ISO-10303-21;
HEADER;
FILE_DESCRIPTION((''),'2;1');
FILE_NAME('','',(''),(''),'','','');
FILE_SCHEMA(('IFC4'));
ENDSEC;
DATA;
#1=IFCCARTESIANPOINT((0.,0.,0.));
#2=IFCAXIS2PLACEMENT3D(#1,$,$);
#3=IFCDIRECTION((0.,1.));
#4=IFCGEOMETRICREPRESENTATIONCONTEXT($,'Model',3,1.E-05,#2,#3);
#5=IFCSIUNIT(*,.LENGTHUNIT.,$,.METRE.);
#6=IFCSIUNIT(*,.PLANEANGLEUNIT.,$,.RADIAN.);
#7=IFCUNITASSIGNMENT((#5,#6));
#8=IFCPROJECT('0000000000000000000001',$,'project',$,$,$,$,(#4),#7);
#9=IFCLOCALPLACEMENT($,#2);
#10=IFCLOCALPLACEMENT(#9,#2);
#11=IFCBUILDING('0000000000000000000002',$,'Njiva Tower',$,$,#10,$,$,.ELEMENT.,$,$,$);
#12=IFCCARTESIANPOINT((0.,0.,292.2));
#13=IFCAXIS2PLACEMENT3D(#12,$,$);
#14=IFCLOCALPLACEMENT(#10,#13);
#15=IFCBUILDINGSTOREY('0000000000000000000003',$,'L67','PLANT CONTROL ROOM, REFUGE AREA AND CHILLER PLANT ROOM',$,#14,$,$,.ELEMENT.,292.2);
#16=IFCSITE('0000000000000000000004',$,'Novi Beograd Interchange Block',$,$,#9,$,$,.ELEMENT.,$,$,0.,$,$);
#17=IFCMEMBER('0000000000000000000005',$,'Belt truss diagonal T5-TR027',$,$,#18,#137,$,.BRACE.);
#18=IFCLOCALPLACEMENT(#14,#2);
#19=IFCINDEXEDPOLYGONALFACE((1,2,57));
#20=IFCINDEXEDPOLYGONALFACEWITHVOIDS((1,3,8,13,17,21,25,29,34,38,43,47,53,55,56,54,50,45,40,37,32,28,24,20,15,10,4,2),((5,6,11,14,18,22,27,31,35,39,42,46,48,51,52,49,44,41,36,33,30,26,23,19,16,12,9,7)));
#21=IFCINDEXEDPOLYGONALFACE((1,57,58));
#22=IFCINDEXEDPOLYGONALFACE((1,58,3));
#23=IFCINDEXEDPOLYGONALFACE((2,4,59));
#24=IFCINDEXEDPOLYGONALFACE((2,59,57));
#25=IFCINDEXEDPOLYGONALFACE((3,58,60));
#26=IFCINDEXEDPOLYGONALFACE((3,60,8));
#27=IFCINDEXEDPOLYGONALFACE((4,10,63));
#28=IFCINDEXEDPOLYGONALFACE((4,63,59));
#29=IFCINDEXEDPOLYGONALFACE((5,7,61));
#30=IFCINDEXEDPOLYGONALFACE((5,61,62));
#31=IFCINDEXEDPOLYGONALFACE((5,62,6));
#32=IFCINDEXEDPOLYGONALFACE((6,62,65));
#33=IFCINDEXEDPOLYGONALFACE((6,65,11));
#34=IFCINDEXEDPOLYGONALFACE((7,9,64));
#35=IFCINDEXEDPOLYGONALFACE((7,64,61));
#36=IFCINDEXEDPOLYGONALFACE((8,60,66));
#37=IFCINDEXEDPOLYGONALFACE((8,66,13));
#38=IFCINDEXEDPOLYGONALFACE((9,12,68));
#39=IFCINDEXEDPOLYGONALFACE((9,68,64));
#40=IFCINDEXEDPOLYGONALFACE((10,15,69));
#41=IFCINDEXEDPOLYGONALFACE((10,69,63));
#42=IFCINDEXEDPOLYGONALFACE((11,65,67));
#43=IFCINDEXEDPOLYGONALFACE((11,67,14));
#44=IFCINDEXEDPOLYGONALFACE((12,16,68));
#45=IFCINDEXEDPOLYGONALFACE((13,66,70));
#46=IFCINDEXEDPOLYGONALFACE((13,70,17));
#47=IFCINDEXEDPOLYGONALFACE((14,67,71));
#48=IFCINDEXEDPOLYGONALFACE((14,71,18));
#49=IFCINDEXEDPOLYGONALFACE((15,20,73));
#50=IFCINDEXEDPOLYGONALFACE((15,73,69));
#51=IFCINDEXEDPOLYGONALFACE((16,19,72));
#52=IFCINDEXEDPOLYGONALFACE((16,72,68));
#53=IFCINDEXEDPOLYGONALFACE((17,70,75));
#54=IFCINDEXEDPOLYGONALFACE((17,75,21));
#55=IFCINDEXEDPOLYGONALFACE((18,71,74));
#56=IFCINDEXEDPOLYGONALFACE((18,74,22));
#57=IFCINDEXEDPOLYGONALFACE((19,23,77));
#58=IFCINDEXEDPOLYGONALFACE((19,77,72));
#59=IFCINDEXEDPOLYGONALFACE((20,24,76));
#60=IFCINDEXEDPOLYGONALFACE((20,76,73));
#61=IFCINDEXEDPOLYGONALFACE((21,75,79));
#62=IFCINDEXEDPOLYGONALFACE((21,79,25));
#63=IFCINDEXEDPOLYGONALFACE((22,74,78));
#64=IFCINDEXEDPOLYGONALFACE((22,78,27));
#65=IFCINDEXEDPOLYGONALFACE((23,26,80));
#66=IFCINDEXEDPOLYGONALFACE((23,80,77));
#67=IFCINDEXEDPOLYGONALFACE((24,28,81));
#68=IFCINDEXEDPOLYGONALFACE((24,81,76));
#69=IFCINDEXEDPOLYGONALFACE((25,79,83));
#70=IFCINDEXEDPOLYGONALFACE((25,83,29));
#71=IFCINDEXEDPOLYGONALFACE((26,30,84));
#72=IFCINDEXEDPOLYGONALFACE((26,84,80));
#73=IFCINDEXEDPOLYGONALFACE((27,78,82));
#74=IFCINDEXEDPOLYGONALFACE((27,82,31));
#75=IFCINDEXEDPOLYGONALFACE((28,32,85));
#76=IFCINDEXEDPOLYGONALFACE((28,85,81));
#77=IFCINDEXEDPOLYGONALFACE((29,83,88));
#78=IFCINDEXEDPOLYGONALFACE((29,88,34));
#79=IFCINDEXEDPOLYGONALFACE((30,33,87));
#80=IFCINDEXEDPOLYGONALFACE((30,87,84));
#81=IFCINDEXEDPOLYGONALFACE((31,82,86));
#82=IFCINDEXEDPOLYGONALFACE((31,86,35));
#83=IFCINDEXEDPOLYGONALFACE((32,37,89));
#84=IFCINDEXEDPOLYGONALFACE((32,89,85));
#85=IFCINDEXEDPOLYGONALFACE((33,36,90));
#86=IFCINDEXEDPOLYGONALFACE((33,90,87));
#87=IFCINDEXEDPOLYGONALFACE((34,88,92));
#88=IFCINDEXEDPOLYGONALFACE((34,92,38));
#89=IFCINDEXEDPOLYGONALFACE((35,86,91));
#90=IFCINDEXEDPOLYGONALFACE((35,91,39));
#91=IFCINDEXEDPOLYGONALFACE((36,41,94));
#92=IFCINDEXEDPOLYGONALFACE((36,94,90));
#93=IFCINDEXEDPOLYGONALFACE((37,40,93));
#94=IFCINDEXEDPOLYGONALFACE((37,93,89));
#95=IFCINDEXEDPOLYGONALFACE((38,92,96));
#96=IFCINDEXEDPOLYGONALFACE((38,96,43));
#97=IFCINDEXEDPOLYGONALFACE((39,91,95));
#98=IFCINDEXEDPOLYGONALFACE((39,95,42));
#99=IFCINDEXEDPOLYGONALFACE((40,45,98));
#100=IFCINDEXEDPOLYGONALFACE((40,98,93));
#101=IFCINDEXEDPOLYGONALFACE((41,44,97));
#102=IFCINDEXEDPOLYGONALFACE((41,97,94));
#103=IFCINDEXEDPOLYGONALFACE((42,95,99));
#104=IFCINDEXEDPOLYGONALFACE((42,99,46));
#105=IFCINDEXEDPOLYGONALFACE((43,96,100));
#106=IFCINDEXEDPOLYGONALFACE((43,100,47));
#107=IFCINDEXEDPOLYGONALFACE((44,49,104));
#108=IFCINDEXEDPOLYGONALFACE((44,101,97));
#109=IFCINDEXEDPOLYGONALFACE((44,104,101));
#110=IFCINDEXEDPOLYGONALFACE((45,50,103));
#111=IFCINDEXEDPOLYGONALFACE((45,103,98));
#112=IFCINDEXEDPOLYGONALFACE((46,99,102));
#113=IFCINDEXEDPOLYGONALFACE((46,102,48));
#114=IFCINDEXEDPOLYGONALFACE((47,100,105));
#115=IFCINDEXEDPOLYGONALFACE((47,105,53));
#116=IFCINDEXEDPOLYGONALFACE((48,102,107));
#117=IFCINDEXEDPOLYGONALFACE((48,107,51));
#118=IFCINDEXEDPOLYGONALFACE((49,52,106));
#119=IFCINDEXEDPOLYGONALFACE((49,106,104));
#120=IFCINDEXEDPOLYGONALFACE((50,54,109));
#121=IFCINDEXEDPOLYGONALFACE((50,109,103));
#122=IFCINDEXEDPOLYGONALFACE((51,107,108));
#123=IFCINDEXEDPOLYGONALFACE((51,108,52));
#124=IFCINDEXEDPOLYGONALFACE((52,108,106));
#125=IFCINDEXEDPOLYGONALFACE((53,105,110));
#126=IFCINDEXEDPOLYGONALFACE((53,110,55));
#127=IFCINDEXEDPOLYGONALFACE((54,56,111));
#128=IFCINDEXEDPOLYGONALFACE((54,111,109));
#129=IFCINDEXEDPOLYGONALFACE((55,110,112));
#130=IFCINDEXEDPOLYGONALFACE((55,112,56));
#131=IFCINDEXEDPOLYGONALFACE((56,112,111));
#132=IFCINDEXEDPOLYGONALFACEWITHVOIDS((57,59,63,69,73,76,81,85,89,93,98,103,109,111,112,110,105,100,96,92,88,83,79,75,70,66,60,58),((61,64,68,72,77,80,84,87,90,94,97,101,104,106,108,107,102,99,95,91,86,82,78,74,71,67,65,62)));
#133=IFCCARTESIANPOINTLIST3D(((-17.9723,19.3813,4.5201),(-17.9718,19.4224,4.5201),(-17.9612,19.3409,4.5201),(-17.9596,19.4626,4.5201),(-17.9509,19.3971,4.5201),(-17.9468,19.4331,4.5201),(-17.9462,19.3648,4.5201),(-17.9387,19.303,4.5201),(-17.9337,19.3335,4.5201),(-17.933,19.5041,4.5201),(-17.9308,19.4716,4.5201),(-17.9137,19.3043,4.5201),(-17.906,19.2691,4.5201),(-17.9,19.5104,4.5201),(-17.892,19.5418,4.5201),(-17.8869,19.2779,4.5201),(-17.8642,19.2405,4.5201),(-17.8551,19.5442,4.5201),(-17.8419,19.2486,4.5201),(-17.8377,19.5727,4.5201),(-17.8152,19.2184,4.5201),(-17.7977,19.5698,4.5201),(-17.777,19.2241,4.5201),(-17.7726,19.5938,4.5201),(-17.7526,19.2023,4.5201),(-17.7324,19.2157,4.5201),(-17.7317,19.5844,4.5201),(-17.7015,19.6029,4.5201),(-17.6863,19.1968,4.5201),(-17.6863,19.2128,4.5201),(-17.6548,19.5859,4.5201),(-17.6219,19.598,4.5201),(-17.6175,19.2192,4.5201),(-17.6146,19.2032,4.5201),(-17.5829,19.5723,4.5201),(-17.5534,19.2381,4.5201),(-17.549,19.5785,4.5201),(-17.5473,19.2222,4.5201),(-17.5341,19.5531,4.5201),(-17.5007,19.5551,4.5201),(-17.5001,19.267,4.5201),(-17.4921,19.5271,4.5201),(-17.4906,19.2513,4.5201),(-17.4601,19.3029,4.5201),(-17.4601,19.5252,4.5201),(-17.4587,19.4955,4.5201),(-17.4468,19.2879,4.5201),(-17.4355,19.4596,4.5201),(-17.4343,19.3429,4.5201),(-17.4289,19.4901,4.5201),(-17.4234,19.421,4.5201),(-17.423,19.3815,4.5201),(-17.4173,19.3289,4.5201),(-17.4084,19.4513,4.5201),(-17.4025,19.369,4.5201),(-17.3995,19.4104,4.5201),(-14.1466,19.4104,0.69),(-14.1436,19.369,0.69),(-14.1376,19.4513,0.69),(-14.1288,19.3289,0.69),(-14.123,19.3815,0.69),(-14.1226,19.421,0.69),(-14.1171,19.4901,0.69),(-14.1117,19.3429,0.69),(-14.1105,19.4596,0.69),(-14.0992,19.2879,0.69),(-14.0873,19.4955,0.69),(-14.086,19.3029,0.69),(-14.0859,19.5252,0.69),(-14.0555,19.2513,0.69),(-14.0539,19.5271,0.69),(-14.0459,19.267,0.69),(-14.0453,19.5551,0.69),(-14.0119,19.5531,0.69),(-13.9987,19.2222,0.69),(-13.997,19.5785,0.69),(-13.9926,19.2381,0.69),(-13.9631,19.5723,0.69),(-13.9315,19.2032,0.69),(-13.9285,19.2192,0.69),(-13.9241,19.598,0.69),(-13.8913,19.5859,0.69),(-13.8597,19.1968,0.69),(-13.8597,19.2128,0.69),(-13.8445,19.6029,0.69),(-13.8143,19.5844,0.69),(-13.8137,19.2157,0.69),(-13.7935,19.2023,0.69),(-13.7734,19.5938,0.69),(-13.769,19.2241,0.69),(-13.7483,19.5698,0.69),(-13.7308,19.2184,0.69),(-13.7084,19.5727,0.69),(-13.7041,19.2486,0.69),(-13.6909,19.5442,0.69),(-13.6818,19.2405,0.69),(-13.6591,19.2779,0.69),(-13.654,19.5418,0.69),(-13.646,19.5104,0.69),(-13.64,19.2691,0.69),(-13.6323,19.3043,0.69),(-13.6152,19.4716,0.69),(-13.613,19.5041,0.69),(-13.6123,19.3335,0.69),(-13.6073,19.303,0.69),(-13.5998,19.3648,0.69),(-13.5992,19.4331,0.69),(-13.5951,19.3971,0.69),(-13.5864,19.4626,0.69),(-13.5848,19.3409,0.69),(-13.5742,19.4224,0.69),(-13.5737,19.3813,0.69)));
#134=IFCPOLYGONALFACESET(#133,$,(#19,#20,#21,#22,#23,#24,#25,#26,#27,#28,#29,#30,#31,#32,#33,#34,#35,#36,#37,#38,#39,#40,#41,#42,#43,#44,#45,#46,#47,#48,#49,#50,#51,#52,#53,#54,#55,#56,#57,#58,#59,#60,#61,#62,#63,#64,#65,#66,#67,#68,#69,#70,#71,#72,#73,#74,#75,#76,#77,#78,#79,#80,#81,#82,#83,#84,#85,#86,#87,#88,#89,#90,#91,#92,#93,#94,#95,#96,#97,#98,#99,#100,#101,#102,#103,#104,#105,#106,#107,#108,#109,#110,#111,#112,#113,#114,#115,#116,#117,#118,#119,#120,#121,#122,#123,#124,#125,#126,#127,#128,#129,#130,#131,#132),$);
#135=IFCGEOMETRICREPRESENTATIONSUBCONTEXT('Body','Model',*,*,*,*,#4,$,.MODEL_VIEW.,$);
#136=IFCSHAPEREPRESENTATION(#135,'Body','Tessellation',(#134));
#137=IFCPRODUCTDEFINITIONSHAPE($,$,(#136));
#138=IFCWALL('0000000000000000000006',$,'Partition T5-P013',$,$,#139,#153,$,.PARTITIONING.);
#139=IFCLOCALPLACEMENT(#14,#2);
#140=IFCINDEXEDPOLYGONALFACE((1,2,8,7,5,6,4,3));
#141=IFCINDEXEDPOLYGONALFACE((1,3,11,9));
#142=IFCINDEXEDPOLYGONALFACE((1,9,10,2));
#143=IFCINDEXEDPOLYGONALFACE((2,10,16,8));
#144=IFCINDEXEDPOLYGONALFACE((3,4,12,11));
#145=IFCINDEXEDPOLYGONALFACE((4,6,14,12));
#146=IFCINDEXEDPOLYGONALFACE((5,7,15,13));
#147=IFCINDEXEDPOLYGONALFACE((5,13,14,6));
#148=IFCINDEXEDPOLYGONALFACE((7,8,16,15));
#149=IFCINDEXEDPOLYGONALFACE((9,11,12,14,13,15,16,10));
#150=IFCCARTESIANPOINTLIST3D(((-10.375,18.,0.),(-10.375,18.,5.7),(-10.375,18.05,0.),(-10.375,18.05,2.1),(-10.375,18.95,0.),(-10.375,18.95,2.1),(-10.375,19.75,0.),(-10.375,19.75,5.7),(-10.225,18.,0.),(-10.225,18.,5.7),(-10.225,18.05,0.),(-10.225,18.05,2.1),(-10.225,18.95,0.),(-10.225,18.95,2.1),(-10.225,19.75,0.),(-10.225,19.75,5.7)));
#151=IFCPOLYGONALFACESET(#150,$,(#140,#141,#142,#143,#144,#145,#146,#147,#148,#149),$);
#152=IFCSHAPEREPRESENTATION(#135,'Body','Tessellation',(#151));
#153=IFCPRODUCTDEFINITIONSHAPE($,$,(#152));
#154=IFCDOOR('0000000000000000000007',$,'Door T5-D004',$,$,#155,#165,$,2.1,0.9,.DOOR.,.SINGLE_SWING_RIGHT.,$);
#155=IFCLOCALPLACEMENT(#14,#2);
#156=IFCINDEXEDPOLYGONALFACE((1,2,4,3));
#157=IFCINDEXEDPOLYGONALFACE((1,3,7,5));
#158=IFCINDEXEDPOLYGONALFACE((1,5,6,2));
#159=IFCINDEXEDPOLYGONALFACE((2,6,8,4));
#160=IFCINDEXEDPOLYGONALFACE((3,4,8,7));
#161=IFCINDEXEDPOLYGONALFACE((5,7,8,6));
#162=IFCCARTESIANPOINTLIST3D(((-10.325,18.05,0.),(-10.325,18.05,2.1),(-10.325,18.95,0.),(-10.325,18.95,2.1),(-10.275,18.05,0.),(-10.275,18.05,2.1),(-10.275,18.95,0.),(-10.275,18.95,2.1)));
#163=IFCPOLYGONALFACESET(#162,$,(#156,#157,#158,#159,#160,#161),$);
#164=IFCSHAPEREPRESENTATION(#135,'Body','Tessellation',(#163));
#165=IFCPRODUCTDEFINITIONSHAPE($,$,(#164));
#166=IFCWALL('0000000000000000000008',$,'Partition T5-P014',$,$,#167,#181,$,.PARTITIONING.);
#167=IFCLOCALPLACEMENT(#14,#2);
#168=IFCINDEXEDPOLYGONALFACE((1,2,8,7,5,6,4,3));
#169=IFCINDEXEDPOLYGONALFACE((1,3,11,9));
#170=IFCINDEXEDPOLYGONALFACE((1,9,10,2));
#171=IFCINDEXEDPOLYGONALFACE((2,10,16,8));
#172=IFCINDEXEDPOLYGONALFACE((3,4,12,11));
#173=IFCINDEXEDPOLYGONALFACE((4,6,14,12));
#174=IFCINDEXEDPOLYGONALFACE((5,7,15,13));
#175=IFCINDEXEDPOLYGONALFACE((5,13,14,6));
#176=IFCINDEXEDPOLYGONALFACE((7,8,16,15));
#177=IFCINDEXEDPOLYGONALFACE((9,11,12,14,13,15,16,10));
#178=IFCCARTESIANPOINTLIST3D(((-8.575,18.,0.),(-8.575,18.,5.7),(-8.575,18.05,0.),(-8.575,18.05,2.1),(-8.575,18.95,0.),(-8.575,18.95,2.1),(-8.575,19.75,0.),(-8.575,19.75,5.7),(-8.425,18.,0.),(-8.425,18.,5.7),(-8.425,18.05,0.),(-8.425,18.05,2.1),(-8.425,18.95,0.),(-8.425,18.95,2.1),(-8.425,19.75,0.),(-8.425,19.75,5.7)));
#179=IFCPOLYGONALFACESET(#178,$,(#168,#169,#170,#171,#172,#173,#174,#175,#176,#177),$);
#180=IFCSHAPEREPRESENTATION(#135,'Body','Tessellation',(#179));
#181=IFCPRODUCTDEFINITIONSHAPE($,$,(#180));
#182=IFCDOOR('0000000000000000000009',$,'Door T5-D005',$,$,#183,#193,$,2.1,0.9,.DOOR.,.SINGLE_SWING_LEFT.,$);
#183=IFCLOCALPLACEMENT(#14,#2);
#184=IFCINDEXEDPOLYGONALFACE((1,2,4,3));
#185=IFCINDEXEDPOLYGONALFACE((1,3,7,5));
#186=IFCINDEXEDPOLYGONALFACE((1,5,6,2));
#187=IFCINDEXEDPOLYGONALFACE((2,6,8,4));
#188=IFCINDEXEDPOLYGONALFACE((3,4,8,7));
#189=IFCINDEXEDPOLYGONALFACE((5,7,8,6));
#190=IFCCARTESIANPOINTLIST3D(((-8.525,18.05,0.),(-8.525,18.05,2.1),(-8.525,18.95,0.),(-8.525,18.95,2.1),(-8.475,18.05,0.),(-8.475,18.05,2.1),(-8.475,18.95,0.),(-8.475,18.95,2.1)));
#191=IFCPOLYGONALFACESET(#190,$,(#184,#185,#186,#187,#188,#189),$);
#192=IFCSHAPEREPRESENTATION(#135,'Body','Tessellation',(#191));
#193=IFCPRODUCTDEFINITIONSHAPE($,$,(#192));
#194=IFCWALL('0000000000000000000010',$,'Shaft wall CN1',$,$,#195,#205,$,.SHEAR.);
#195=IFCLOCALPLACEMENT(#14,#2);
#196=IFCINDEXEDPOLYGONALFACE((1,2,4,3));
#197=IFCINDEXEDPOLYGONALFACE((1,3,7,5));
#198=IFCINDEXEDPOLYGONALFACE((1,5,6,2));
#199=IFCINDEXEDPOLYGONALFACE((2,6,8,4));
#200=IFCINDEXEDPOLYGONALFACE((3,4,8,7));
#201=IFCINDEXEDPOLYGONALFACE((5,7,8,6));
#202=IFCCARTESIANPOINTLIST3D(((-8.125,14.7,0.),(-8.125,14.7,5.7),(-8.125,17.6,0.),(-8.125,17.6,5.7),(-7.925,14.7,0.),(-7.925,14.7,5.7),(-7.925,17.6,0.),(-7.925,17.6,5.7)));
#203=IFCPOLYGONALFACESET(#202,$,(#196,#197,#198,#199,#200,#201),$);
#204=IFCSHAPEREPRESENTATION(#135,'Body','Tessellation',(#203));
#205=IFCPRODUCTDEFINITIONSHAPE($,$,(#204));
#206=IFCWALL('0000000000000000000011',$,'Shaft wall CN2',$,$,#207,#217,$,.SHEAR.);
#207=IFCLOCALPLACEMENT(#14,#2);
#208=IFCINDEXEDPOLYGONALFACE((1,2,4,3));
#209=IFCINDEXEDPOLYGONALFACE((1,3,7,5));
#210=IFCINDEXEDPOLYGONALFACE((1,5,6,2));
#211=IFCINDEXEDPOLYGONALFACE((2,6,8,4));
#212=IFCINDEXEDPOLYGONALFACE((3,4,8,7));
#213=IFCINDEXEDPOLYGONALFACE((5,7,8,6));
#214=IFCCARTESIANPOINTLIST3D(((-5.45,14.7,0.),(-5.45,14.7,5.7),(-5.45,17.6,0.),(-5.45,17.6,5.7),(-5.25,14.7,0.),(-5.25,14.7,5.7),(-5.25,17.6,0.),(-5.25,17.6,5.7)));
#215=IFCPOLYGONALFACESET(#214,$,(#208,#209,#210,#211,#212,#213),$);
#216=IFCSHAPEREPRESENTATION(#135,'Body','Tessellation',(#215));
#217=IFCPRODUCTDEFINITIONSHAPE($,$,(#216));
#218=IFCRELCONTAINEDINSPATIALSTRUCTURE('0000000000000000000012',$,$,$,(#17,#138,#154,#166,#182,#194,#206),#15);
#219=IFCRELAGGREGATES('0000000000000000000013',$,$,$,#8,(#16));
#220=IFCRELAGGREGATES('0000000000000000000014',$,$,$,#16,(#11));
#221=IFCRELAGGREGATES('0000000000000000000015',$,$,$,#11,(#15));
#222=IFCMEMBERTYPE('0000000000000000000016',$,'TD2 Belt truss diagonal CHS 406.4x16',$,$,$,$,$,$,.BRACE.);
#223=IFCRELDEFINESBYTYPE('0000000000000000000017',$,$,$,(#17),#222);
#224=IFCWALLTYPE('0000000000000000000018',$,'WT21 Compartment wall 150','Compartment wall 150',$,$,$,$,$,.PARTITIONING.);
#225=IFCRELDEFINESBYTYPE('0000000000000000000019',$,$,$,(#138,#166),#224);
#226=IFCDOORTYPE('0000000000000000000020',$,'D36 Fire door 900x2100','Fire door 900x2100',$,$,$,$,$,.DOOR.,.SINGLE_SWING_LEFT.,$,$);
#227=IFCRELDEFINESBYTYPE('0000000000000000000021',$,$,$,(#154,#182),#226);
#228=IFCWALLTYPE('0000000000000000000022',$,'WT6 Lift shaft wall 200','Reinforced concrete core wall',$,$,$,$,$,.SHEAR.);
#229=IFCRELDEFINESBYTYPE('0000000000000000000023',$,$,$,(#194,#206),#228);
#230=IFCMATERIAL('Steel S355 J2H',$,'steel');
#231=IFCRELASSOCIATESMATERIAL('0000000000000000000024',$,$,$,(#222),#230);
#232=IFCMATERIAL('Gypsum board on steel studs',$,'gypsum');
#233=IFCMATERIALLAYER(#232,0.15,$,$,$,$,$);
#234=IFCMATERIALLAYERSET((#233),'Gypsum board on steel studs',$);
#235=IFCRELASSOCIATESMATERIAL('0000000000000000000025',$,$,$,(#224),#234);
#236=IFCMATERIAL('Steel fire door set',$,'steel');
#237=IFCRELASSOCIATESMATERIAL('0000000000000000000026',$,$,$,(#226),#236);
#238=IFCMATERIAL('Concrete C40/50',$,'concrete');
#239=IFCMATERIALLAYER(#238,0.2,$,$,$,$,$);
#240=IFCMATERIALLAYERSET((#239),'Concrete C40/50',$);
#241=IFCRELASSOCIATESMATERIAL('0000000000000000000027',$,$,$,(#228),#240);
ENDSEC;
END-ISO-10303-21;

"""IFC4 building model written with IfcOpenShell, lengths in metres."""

from ifc_helpers import new_model, si_unit, direction, frame, frame_2d, origin, origin_2d, place, context, subcontext, project, spatial, rectangle, hollow_circle, extrude, clip, halfspace, material, layer, layer_set, material_profile, profile_set, type_object, element, fill, save


model = new_model("IFC4")

# Units and contexts
model_context = context("Model", 3, precision=1e-05, world=origin(), true_north=direction((0.0, 1.0)))
body_context = subcontext(model_context, "Body", "Model", "MODEL_VIEW")
ifc_project = project(units=[si_unit("LENGTHUNIT", "METRE"), si_unit("PLANEANGLEUNIT", "RADIAN")], contexts=[model_context])

# Site, building, storey
site_placement = place(None, origin())
site = spatial("IfcSite", under=ifc_project, at=site_placement, Name="Novi Beograd Interchange Block", CompositionType="ELEMENT", RefElevation=0.0)
building_placement = place(site_placement, origin())
building = spatial("IfcBuilding", under=site, at=building_placement, Name="Njiva Tower", CompositionType="ELEMENT")
storey_placement = place(building_placement, frame((0.0, 0.0, 292.2)))
storey = spatial("IfcBuildingStorey", under=building, at=storey_placement, Name="L67", Description="PLANT CONTROL ROOM, REFUGE AREA AND CHILLER PLANT ROOM", CompositionType="ELEMENT", Elevation=292.2)

# Member
ifc_material_1 = material(Name="Steel S355 J2H", Category="steel")
ifc_material_profile_1 = material_profile(ifc_material_1, hollow_circle(Radius=0.2032, WallThickness=0.016, at=origin_2d()), Name="CHS 406.4x16")
ifc_profile_set_1 = profile_set([ifc_material_profile_1], Name="Steel S355 J2H")
member_type_1 = type_object("IfcMemberType", Name="TD2 Belt truss diagonal CHS 406.4x16", PredefinedType="BRACE", material=ifc_profile_set_1)
member_1_placement = place(storey_placement, frame((-13.3539, 19.4, 0.1838), z_axis=(-0.706793, 0.0, 0.70742), x_axis=(0.0, -1.0, 0.0)))
element("IfcMember", 1, at=member_1_placement, inside=storey, type_object=member_type_1, Name="Belt truss diagonal T5-TR027", PredefinedType="BRACE", context=body_context, shape_type="Clipping", body=[
    clip(clip(extrude(hollow_circle(Radius=0.2032, WallThickness=0.016, at=origin_2d()), origin(), (0.0, 0.0, 1.0), 6.8453), halfspace(frame((19.4, 9.8046, -9.0803), z_axis=(0.0, -0.706793, -0.70742), x_axis=(0.0, -0.70742, 0.706793)), False)), halfspace(frame((19.4, 12.5117, -6.3709), z_axis=(0.0, 0.706793, 0.70742), x_axis=(0.0, 0.70742, -0.706793)), False)),
])

# Walls, openings, doors
ifc_material_2 = material(Name="Gypsum board on steel studs", Category="gypsum")
ifc_layer_1 = layer(ifc_material_2, 0.15)
ifc_layer_set_1 = layer_set([ifc_layer_1], Name="Gypsum board on steel studs")
wall_type_1 = type_object("IfcWallType", Name="WT21 Compartment wall 150", Description="Compartment wall 150", PredefinedType="PARTITIONING", material=ifc_layer_set_1)
wall_1_placement = place(storey_placement, frame((-10.3, 18.0, 0.0), z_axis=(0.0, 0.0, 1.0), x_axis=(0.0, 1.0, 0.0)))
wall_1 = element("IfcWall", 2, at=wall_1_placement, inside=storey, type_object=wall_type_1, Name="Partition T5-P013", PredefinedType="PARTITIONING", context=body_context, shape_type="SweptSolid", body=[
    extrude(rectangle(XDim=1.75, YDim=0.15, at=frame_2d((0.875, 0.0))), origin(), (0.0, 0.0, 1.0), 5.7),
])
opening_1_placement = place(wall_1_placement, frame((0.05, 0.0, 0.0)))
opening_1 = element("IfcOpeningElement", 3, at=opening_1_placement, cuts=wall_1, PredefinedType="OPENING", context=body_context, shape_type="SweptSolid", body=[
    extrude(rectangle(XDim=0.9, YDim=2.1, at=frame_2d((0.45, 1.05))), frame((0.0, 0.085, 0.0), z_axis=(0.0, -1.0, 0.0), x_axis=(1.0, 0.0, 0.0)), (0.0, 0.0, 1.0), 0.17),
])
ifc_material_3 = material(Name="Steel fire door set", Category="steel")
door_type = type_object("IfcDoorType", Name="D36 Fire door 900x2100", Description="Fire door 900x2100", OperationType="SINGLE_SWING_LEFT", PredefinedType="DOOR", material=ifc_material_3)
door_1_placement = place(opening_1_placement, origin())
door_1 = element("IfcDoor", 4, at=door_1_placement, inside=storey, type_object=door_type, Name="Door T5-D004", OperationType="SINGLE_SWING_RIGHT", OverallHeight=2.1, OverallWidth=0.9, PredefinedType="DOOR", context=body_context, shape_type="SweptSolid", body=[
    extrude(rectangle(XDim=0.9, YDim=2.1, at=frame_2d((0.45, 1.05))), frame((0.0, 0.025, 0.0), z_axis=(0.0, -1.0, 0.0), x_axis=(1.0, 0.0, 0.0)), (0.0, 0.0, 1.0), 0.05),
])
fill(opening_1, door_1)
wall_2_placement = place(storey_placement, frame((-8.5, 18.0, 0.0), z_axis=(0.0, 0.0, 1.0), x_axis=(0.0, 1.0, 0.0)))
wall_2 = element("IfcWall", 5, at=wall_2_placement, inside=storey, type_object=wall_type_1, Name="Partition T5-P014", PredefinedType="PARTITIONING", context=body_context, shape_type="SweptSolid", body=[
    extrude(rectangle(XDim=1.75, YDim=0.15, at=frame_2d((0.875, 0.0))), origin(), (0.0, 0.0, 1.0), 5.7),
])
opening_2_placement = place(wall_2_placement, frame((0.05, 0.0, 0.0)))
opening_2 = element("IfcOpeningElement", 6, at=opening_2_placement, cuts=wall_2, PredefinedType="OPENING", context=body_context, shape_type="SweptSolid", body=[
    extrude(rectangle(XDim=0.9, YDim=2.1, at=frame_2d((0.45, 1.05))), frame((0.0, 0.085, 0.0), z_axis=(0.0, -1.0, 0.0), x_axis=(1.0, 0.0, 0.0)), (0.0, 0.0, 1.0), 0.17),
])
door_2_placement = place(opening_2_placement, origin())
door_2 = element("IfcDoor", 7, at=door_2_placement, inside=storey, type_object=door_type, Name="Door T5-D005", OperationType="SINGLE_SWING_LEFT", OverallHeight=2.1, OverallWidth=0.9, PredefinedType="DOOR", context=body_context, shape_type="SweptSolid", body=[
    extrude(rectangle(XDim=0.9, YDim=2.1, at=frame_2d((0.45, 1.05))), frame((0.0, 0.025, 0.0), z_axis=(0.0, -1.0, 0.0), x_axis=(1.0, 0.0, 0.0)), (0.0, 0.0, 1.0), 0.05),
])
fill(opening_2, door_2)

# Walls
ifc_material_4 = material(Name="Concrete C40/50", Category="concrete")
ifc_layer_2 = layer(ifc_material_4, 0.2)
ifc_layer_set_2 = layer_set([ifc_layer_2], Name="Concrete C40/50")
wall_type_2 = type_object("IfcWallType", Name="WT6 Lift shaft wall 200", Description="Reinforced concrete core wall", PredefinedType="SHEAR", material=ifc_layer_set_2)
for number, where, z_axis, x_axis, name in (
    (8, (-8.025, 14.7, 0.0), (0.0, 0.0, 1.0), (0.0, 1.0, 0.0), "Shaft wall CN1"),
    (9, (-5.35, 14.7, 0.0), (0.0, 0.0, 1.0), (0.0, 1.0, 0.0), "Shaft wall CN2"),
):
    element("IfcWall", number, at=place(storey_placement, frame(where, z_axis=z_axis, x_axis=x_axis)), inside=storey, type_object=wall_type_2, Name=name, PredefinedType="SHEAR", context=body_context, shape_type="SweptSolid", body=[
        extrude(rectangle(XDim=2.9, YDim=0.2, at=frame_2d((1.45, 0.0))), origin(), (0.0, 0.0, 1.0), 5.7),
    ])

save(model, "model.ifc")
